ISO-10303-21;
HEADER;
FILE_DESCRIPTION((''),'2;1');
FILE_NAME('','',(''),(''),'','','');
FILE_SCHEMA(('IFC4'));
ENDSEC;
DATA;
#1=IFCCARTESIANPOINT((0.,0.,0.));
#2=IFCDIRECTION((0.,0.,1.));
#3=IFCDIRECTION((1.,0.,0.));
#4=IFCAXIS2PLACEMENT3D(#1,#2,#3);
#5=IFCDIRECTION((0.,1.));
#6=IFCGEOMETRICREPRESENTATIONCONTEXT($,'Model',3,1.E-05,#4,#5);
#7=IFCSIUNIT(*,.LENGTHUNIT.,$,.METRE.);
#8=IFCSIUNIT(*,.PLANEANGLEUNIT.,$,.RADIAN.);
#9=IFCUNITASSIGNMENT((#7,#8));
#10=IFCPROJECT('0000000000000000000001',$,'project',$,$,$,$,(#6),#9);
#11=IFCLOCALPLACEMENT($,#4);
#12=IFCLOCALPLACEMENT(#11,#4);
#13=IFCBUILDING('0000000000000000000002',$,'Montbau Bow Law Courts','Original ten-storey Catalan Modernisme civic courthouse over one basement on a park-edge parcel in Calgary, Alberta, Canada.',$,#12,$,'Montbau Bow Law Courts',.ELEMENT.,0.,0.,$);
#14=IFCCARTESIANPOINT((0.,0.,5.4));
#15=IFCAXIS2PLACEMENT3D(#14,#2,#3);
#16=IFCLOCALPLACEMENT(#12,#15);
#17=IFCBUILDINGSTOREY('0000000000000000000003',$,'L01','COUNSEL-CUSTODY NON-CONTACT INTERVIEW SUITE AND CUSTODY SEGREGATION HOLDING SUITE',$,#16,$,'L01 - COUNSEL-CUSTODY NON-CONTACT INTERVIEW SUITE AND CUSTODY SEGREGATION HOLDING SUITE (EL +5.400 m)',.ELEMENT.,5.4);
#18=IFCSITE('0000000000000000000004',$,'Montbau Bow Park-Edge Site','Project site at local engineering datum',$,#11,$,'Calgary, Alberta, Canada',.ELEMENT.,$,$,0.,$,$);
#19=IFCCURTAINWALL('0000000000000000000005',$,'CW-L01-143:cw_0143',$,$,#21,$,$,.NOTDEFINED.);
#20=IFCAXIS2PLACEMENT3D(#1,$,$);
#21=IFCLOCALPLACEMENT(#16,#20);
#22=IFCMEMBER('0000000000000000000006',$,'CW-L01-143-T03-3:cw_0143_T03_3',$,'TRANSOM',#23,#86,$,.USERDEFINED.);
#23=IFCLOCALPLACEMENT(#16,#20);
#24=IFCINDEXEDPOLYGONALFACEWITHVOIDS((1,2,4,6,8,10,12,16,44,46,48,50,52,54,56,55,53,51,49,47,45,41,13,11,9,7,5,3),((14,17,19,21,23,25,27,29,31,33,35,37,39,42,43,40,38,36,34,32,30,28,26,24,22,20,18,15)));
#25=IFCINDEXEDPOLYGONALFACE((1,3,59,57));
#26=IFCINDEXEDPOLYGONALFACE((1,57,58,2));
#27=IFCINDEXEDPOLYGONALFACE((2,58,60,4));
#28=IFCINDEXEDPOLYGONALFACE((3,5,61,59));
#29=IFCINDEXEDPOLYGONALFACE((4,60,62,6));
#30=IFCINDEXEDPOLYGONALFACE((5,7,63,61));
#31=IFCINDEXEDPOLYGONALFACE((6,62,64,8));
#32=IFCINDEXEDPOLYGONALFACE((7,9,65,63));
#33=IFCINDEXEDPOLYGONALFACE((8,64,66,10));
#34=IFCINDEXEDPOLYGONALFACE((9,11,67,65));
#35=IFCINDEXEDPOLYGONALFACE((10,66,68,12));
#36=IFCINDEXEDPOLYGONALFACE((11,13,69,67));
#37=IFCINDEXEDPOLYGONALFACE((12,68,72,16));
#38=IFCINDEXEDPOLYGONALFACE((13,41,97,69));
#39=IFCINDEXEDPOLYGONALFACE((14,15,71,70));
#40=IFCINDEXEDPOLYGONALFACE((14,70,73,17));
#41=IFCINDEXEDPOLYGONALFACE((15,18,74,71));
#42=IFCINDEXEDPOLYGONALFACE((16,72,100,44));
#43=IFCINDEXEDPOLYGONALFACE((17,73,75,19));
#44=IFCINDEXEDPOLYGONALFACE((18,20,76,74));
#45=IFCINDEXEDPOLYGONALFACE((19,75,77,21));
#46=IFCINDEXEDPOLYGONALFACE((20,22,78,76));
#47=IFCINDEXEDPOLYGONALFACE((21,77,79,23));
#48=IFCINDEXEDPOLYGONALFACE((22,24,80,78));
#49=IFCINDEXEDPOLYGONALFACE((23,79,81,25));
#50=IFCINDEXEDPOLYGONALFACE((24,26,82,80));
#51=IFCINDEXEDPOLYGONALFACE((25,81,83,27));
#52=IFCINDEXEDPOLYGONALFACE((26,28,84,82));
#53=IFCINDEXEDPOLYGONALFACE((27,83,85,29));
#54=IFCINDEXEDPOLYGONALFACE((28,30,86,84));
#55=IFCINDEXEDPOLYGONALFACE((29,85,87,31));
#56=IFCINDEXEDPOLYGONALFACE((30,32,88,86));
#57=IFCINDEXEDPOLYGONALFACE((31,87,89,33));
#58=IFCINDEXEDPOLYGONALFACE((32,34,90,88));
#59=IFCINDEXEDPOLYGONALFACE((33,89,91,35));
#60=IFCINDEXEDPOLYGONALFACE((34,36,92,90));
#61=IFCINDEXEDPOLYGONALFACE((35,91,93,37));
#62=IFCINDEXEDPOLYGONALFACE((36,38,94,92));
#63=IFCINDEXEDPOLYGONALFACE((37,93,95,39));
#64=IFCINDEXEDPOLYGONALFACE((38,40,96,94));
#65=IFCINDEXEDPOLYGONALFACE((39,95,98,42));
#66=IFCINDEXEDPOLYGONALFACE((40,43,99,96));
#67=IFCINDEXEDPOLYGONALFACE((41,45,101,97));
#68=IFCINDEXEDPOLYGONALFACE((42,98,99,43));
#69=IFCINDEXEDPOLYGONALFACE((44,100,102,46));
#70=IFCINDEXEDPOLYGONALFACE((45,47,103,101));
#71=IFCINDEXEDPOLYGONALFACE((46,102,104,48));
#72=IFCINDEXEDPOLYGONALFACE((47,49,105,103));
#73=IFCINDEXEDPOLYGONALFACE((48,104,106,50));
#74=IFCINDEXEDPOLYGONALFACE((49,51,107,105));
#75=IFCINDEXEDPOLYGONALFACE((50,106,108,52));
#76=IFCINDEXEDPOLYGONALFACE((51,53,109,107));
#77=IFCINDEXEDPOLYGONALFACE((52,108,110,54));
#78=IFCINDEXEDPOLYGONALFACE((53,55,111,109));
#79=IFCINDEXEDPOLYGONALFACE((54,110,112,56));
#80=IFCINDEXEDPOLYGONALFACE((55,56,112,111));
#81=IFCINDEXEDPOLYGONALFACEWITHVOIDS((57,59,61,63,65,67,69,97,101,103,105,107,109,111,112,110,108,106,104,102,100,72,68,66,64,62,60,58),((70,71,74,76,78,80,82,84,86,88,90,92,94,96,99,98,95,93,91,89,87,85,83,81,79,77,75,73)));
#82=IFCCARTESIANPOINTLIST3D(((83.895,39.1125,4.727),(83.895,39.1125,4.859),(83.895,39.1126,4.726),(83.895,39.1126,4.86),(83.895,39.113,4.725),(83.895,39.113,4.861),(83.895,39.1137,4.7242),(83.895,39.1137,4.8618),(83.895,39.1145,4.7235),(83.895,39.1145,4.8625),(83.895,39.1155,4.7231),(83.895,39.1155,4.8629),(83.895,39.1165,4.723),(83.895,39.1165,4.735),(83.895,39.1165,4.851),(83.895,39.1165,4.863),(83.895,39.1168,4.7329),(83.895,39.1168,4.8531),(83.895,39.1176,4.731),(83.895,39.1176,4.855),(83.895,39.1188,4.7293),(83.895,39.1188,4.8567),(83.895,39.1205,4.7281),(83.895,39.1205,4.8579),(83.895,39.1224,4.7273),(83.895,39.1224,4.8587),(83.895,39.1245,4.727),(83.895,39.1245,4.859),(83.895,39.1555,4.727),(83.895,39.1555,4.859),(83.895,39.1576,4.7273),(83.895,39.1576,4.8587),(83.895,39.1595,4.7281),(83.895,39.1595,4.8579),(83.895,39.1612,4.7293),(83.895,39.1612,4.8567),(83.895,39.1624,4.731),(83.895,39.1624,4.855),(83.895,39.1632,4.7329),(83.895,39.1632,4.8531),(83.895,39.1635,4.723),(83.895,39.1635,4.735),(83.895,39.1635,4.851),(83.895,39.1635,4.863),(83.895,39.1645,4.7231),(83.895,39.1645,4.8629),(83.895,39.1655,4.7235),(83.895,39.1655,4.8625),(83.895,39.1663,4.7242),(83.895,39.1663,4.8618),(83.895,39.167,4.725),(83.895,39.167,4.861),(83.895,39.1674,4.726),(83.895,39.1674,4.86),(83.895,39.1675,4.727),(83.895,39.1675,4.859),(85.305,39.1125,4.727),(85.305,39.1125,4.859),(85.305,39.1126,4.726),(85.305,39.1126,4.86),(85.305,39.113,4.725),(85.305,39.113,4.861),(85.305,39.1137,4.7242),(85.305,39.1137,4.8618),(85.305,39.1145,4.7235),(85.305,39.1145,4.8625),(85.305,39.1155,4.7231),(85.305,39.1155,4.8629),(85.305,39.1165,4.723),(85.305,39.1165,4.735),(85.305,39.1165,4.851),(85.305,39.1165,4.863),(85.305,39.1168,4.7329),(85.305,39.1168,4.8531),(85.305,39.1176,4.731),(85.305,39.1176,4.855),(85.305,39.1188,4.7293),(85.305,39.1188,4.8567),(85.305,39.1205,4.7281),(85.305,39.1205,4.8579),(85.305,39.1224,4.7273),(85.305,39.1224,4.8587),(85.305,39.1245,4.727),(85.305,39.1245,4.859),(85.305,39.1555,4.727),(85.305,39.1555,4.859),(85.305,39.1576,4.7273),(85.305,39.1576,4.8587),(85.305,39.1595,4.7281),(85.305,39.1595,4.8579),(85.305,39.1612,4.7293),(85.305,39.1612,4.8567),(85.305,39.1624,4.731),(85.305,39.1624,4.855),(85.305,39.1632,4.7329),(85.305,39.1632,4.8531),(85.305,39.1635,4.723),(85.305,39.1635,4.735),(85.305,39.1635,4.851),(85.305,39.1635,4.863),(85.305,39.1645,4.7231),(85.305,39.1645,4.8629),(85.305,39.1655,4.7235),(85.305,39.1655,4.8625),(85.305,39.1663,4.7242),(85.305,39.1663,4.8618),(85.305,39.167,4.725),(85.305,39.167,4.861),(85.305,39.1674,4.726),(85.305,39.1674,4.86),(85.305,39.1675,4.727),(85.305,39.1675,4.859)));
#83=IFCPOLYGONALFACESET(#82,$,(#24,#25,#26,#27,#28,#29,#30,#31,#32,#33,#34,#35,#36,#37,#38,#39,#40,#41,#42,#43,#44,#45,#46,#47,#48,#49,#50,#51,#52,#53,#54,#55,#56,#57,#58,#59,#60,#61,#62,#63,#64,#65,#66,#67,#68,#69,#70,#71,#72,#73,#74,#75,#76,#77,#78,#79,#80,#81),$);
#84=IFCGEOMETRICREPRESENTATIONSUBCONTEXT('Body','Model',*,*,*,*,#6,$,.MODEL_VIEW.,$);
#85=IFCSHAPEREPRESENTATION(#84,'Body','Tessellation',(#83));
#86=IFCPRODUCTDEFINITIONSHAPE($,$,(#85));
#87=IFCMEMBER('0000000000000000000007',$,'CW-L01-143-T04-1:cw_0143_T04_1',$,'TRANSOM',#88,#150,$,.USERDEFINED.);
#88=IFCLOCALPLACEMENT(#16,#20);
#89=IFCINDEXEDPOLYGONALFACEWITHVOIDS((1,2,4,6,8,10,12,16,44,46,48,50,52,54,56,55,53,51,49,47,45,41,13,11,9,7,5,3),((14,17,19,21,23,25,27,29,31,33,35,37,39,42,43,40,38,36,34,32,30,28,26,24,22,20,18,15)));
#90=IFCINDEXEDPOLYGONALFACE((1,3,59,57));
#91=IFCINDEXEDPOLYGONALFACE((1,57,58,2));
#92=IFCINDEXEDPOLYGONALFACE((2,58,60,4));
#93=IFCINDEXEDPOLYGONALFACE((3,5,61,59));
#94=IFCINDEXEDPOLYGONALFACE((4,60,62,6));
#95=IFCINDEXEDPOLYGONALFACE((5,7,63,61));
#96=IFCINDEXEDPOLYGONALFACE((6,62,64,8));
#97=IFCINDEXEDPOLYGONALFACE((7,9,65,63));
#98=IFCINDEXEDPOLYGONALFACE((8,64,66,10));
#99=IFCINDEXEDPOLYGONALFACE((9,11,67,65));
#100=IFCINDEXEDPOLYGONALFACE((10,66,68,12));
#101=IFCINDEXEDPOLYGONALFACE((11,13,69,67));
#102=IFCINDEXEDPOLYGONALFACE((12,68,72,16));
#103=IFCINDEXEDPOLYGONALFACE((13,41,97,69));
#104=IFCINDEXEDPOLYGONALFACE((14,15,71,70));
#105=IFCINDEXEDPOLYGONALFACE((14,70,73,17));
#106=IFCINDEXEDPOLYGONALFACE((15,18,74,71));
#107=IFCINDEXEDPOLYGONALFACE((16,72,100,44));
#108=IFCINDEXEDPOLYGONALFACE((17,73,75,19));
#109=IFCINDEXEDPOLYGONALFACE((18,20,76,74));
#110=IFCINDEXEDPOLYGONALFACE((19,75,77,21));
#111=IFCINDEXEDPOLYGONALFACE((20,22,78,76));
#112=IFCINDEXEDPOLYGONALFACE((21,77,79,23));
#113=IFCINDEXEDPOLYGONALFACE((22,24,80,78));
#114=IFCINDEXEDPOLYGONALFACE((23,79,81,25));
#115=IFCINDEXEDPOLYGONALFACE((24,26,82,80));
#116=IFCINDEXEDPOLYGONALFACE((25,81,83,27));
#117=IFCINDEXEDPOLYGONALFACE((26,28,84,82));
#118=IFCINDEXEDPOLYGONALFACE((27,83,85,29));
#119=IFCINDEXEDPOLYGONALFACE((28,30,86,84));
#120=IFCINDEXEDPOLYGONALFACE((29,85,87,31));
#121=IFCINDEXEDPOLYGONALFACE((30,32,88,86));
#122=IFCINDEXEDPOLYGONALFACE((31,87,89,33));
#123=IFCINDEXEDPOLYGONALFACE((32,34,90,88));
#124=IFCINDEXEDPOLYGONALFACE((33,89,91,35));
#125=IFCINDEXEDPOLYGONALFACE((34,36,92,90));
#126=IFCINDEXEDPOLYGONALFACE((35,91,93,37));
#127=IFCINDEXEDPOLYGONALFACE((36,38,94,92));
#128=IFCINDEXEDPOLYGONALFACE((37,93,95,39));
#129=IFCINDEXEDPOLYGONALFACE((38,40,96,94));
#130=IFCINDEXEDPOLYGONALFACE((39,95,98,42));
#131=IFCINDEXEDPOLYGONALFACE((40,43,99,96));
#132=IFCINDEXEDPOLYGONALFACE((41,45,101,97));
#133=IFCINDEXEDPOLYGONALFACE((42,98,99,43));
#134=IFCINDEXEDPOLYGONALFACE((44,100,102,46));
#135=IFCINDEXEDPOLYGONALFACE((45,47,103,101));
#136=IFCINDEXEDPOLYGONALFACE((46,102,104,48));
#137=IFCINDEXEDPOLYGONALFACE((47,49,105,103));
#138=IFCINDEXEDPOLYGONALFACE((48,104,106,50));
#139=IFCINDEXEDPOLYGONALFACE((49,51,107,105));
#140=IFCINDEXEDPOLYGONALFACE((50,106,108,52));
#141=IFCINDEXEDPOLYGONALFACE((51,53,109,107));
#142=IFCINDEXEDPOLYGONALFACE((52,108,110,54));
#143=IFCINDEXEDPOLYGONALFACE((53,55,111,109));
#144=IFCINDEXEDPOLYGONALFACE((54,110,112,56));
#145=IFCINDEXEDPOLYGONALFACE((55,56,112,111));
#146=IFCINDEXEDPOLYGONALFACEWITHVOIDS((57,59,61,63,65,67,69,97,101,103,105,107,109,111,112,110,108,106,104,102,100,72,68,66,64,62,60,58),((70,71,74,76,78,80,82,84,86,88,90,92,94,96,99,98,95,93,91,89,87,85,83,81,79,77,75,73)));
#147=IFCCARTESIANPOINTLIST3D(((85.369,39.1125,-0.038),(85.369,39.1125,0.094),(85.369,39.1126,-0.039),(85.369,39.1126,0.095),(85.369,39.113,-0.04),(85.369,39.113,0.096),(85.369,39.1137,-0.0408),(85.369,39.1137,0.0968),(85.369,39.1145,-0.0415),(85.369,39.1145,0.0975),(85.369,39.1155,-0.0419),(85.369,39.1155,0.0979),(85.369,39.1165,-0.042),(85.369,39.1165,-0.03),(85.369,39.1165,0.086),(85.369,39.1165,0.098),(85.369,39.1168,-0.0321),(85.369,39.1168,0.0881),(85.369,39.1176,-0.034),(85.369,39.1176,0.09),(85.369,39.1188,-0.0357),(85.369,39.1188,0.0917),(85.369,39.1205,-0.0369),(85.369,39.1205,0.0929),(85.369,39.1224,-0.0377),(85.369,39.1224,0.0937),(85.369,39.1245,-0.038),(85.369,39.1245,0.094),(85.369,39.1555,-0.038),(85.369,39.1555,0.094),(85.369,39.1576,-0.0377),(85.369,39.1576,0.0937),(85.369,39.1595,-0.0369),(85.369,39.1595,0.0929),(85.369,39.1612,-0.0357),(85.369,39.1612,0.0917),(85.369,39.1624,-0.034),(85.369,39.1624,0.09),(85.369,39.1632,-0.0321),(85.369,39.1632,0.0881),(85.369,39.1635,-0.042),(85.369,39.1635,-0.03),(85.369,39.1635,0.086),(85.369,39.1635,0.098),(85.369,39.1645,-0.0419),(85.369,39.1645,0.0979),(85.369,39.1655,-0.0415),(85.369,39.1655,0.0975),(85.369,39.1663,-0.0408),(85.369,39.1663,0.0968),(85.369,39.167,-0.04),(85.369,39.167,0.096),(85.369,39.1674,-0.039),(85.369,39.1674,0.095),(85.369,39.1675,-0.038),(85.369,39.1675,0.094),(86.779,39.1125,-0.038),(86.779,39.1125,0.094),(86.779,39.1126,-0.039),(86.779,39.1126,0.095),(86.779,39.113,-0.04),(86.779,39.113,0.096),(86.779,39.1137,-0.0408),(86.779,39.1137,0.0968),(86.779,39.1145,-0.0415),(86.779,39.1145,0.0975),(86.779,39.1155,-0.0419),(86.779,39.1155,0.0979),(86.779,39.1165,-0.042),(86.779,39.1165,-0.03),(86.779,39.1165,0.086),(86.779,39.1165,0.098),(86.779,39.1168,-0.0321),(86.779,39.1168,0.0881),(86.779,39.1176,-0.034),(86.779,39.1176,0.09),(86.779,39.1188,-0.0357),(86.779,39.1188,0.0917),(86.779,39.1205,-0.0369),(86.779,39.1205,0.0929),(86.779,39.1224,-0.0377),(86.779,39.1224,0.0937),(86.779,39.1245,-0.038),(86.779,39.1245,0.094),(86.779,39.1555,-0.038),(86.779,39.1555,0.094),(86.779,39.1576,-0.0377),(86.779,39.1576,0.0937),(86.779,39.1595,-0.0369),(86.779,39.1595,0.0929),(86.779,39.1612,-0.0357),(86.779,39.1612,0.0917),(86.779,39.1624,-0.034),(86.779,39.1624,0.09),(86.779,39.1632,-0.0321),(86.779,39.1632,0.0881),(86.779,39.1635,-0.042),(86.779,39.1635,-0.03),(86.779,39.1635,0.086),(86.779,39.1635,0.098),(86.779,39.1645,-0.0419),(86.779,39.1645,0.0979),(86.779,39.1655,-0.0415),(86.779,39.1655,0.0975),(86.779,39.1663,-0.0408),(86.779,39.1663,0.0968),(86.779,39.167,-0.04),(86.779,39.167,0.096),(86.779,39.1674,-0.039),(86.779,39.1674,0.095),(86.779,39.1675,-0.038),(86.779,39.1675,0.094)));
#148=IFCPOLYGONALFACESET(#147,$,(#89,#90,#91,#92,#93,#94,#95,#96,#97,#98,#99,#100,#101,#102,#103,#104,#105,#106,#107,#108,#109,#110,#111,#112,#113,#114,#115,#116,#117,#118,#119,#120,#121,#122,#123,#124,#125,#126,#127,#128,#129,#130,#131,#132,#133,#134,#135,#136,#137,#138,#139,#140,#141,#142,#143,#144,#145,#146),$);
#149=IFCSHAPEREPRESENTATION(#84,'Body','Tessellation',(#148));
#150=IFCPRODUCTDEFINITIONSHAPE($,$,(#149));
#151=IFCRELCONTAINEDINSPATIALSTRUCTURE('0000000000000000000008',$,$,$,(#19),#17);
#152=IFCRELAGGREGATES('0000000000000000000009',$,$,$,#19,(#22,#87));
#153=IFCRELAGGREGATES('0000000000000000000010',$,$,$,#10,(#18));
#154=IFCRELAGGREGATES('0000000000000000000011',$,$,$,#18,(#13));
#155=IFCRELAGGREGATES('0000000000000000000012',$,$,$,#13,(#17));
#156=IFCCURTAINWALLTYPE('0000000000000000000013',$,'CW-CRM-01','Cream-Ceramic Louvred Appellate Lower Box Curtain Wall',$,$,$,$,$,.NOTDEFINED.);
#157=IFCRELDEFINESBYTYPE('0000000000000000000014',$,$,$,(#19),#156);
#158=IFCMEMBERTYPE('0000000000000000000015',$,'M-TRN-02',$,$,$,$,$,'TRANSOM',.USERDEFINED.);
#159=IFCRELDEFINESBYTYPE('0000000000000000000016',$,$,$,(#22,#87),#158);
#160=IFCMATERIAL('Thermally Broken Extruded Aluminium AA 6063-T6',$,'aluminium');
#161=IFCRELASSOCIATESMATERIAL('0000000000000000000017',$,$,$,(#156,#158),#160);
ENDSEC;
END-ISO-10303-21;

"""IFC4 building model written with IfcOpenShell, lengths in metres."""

from ifc_helpers import new_model, si_unit, direction, frame, origin_with_axes, origin_2d_with_axis, place, context, subcontext, project, spatial, hollow_rectangle, extrude, material, material_profile, profile_set, type_object, element, aggregate, save


model = new_model("IFC4")

# Units and contexts
model_context = context("Model", 3, precision=1e-05, world=origin_with_axes(), true_north=direction((0.0, 1.0)))
body_context = subcontext(model_context, "Body", "Model", "MODEL_VIEW")
ifc_project = project(units=[si_unit("LENGTHUNIT", "METRE"), si_unit("PLANEANGLEUNIT", "RADIAN")], contexts=[model_context])

# Site, building, storey
site_placement = place(None, origin_with_axes())
site = spatial("IfcSite", under=ifc_project, at=site_placement, Name="Montbau Bow Park-Edge Site", Description="Project site at local engineering datum", LongName="Calgary, Alberta, Canada", CompositionType="ELEMENT", RefElevation=0.0)
building_placement = place(site_placement, origin_with_axes())
building = spatial("IfcBuilding", under=site, at=building_placement, Name="Montbau Bow Law Courts", Description="Original ten-storey Catalan Modernisme civic courthouse over one basement on a park-edge parcel in Calgary, Alberta, Canada.", LongName="Montbau Bow Law Courts", CompositionType="ELEMENT", ElevationOfRefHeight=0.0, ElevationOfTerrain=0.0)
storey_placement = place(building_placement, frame((0.0, 0.0, 5.4), z_axis=(0.0, 0.0, 1.0), x_axis=(1.0, 0.0, 0.0)))
storey = spatial("IfcBuildingStorey", under=building, at=storey_placement, Name="L01", Description="COUNSEL-CUSTODY NON-CONTACT INTERVIEW SUITE AND CUSTODY SEGREGATION HOLDING SUITE", LongName="L01 - COUNSEL-CUSTODY NON-CONTACT INTERVIEW SUITE AND CUSTODY SEGREGATION HOLDING SUITE (EL +5.400 m)", CompositionType="ELEMENT", Elevation=5.4)

# Curtain wall, members
ifc_material_1 = material(Name="Thermally Broken Extruded Aluminium AA 6063-T6", Category="aluminium")
curtain_wall_type = type_object("IfcCurtainWallType", Name="CW-CRM-01", Description="Cream-Ceramic Louvred Appellate Lower Box Curtain Wall", PredefinedType="NOTDEFINED", material=ifc_material_1)
curtain_wall_placement = place(None, frame((80.915, 39.14, 5.4), z_axis=(0.0, 0.0, 1.0), x_axis=(1.0, 0.0, 0.0)))
curtain_wall = element("IfcCurtainWall", 1, at=curtain_wall_placement, inside=storey, type_object=curtain_wall_type, Name="CW-L01-143:cw_0143", PredefinedType="NOTDEFINED")
ifc_material_profile_1 = material_profile(ifc_material_1, hollow_rectangle(XDim=0.055, YDim=0.14, WallThickness=0.004, InnerFilletRadius=0.008, OuterFilletRadius=0.004, at=origin_2d_with_axis()), Name="CWT-140X55", Category="Main", Priority=0)
ifc_profile_set_1 = profile_set([ifc_material_profile_1], Name="Thermally Broken Extruded Aluminium AA 6063-T6")
member_type_1 = type_object("IfcMemberType", Name="M-TRN-02", ElementType="TRANSOM", PredefinedType="USERDEFINED", material=ifc_profile_set_1)
member_1_placement = place(None, frame((83.895, 39.14, 10.193), z_axis=(1.0, 0.0, 0.0), x_axis=(0.0, 1.0, 0.0)))
member_1 = element("IfcMember", 2, at=member_1_placement, type_object=member_type_1, Name="CW-L01-143-T03-3:cw_0143_T03_3", ObjectType="TRANSOM", PredefinedType="USERDEFINED", context=body_context, shape_type="SweptSolid", body=[
    extrude(hollow_rectangle(XDim=0.055, YDim=0.14, WallThickness=0.004, InnerFilletRadius=0.008, OuterFilletRadius=0.004, at=origin_2d_with_axis()), origin_with_axes(), (0.0, 0.0, 1.0), 1.41),
])
member_2_placement = place(None, frame((85.369, 39.14, 5.428), z_axis=(1.0, 0.0, 0.0), x_axis=(0.0, 1.0, 0.0)))
member_2 = element("IfcMember", 3, at=member_2_placement, type_object=member_type_1, Name="CW-L01-143-T04-1:cw_0143_T04_1", ObjectType="TRANSOM", PredefinedType="USERDEFINED", context=body_context, shape_type="SweptSolid", body=[
    extrude(hollow_rectangle(XDim=0.055, YDim=0.14, WallThickness=0.004, InnerFilletRadius=0.008, OuterFilletRadius=0.004, at=origin_2d_with_axis()), origin_with_axes(), (0.0, 0.0, 1.0), 1.41),
])
aggregate(curtain_wall, [member_1, member_2])

save(model, "model.ifc")
